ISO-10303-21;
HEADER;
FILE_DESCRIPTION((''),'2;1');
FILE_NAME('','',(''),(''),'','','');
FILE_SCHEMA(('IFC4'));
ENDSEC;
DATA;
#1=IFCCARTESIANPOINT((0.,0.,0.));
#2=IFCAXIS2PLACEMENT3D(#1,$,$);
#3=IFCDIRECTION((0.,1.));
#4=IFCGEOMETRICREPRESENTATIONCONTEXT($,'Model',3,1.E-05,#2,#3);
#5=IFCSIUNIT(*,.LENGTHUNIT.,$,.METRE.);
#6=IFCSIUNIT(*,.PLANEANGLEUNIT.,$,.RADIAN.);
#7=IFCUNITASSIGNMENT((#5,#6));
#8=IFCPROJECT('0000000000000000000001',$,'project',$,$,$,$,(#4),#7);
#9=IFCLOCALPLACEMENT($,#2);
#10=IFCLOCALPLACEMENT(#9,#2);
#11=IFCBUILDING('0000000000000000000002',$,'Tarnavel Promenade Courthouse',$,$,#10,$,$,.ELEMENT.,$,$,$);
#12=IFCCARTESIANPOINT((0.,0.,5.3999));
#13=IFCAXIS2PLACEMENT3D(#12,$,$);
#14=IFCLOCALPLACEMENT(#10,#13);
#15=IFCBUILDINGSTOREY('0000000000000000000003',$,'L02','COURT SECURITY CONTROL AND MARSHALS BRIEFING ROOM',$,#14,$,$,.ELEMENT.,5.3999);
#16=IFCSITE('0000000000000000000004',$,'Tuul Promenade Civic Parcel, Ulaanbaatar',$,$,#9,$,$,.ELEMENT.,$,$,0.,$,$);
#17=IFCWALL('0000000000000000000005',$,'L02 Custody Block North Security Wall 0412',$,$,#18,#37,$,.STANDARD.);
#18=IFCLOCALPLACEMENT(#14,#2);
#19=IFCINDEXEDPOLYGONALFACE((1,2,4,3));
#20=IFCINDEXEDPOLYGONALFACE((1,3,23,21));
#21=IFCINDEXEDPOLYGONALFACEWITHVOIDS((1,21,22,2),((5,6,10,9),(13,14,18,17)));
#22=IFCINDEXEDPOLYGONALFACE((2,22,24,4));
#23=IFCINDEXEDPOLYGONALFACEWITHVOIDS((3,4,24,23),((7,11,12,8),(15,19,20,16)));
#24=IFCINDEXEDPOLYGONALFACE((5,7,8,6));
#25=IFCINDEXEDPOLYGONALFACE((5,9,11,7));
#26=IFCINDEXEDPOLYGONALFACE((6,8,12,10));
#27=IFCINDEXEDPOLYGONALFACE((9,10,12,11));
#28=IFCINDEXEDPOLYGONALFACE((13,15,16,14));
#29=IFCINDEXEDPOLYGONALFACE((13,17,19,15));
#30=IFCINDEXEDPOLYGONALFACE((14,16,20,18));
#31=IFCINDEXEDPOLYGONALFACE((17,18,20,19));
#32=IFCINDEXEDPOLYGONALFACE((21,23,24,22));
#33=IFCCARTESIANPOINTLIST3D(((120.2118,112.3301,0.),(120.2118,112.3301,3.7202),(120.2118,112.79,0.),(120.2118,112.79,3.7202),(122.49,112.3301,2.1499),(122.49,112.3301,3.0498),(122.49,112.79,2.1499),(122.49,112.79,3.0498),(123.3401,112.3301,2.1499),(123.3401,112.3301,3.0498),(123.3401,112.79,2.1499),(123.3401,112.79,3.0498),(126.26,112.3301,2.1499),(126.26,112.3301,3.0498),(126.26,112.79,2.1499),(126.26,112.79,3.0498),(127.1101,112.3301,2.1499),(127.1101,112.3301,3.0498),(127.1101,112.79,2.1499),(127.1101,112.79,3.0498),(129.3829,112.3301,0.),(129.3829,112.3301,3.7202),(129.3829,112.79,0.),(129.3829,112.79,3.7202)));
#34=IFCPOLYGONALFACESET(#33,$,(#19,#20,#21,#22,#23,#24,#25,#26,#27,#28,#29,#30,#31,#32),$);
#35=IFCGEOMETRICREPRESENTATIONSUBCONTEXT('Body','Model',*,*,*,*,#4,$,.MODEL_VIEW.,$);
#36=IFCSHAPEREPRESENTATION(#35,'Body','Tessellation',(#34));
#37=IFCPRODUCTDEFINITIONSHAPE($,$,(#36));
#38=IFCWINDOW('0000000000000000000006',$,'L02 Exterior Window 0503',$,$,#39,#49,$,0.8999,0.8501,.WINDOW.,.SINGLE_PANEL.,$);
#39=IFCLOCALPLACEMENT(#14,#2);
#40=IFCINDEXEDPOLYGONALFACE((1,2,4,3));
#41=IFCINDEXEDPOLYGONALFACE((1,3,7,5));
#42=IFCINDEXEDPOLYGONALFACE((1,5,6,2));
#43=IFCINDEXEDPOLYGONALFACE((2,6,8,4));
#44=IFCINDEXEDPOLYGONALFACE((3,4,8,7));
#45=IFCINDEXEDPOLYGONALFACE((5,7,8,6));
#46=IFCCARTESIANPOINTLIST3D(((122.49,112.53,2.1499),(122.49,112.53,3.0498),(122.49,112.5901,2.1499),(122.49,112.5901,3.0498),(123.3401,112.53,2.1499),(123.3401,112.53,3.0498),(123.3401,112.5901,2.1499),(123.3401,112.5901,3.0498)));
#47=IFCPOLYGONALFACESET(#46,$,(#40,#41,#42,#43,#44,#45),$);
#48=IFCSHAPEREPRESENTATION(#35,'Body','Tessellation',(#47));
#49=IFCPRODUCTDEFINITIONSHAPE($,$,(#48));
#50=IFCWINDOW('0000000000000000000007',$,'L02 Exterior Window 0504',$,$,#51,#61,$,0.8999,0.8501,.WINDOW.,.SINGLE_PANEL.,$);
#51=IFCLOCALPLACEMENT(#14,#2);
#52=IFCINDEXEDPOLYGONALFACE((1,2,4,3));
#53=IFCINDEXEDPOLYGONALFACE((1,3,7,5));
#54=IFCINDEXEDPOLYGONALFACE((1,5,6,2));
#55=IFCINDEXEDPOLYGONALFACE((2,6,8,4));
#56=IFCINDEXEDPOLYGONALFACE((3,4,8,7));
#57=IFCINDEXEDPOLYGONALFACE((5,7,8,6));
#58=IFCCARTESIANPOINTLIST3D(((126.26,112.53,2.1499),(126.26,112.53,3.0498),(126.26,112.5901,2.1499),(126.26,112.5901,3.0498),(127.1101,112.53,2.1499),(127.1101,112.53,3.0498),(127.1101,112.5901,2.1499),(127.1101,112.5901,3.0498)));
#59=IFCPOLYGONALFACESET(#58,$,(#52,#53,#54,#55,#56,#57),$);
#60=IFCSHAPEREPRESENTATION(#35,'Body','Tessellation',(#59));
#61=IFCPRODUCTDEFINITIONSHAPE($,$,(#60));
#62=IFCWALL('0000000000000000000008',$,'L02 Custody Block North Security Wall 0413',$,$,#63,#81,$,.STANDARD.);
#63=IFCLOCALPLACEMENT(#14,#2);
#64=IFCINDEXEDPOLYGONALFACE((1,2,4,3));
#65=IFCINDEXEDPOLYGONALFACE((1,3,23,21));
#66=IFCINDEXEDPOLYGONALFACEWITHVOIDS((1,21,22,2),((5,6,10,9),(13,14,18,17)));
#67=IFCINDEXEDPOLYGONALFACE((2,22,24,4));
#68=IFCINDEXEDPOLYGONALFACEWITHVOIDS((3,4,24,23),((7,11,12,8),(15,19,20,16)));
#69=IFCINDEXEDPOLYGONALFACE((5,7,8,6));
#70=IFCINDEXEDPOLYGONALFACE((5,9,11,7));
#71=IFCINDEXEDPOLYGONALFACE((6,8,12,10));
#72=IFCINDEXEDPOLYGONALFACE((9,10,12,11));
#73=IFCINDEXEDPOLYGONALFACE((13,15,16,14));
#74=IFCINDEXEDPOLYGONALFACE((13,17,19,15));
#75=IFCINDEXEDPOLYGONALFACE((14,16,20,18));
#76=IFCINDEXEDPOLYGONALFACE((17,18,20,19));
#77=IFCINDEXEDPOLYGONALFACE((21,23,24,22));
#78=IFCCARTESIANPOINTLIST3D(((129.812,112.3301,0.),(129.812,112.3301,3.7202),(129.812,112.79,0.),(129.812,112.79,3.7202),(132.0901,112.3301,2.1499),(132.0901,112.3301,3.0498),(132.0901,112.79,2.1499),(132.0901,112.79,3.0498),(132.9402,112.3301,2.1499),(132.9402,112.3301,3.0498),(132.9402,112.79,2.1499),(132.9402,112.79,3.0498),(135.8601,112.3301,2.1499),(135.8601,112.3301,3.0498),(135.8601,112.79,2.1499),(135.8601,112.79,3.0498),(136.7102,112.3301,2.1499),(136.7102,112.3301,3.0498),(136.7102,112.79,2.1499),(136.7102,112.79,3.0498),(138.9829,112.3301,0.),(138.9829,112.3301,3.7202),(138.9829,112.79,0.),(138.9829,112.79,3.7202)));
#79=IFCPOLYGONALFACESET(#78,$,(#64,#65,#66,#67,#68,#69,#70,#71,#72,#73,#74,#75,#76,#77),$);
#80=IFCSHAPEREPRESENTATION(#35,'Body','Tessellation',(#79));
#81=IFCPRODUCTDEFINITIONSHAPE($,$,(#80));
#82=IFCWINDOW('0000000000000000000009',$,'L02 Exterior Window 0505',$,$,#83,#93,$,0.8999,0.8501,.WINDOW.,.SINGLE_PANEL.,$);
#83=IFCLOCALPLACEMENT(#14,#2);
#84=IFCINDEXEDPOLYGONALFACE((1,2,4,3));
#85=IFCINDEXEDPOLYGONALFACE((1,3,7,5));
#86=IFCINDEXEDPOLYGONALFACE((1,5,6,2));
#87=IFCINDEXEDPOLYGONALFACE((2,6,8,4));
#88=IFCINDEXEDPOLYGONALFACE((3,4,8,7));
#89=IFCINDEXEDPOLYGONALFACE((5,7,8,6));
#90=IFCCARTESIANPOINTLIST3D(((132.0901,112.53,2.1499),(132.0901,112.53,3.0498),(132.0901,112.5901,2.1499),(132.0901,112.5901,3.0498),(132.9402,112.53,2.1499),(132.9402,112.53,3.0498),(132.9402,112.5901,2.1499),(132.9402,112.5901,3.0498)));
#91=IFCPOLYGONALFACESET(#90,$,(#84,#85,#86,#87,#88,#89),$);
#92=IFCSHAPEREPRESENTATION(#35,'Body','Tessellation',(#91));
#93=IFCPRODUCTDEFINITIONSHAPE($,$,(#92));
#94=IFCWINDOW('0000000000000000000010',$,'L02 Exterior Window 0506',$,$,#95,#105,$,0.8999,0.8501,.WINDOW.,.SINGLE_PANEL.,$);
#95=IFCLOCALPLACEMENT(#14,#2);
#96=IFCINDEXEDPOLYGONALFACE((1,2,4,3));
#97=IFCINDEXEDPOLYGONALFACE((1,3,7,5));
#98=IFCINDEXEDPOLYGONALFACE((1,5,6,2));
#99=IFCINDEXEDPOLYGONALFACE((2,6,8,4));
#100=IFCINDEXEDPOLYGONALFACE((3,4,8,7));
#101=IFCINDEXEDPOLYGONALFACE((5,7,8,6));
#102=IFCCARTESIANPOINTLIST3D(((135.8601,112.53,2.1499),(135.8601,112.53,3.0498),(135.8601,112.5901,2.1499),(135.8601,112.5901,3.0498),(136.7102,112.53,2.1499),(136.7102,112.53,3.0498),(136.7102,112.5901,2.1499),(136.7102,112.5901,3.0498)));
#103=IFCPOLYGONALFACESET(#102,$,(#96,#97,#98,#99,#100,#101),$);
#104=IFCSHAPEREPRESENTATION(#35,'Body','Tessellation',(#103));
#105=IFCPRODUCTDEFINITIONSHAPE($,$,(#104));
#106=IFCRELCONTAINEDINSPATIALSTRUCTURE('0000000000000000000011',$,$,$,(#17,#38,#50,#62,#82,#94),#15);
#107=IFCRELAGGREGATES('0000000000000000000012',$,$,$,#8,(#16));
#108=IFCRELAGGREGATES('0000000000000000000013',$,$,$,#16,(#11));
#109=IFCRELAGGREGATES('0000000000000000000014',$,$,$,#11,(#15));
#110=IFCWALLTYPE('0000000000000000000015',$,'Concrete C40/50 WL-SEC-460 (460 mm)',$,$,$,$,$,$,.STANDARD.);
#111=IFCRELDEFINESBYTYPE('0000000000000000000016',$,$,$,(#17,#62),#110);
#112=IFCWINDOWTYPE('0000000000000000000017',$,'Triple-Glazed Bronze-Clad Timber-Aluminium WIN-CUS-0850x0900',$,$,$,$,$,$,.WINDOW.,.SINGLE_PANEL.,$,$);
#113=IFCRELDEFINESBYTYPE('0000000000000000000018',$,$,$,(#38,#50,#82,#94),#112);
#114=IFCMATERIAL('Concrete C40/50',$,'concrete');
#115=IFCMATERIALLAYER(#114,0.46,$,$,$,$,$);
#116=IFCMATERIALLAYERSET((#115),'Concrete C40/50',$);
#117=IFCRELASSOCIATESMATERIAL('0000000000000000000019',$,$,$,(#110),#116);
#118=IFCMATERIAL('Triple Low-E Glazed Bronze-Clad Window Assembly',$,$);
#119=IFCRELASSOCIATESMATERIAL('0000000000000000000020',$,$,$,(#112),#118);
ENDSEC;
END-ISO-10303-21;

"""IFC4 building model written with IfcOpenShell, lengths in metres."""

from ifc_helpers import new_model, si_unit, direction, frame, frame_2d, origin, place, context, subcontext, project, spatial, rectangle, extrude, material, layer, layer_set, type_object, element, fill, save


model = new_model("IFC4")

# Units and contexts
model_context = context("Model", 3, precision=1e-05, world=origin(), true_north=direction((0.0, 1.0)))
body_context = subcontext(model_context, "Body", "Model", "MODEL_VIEW")
ifc_project = project(units=[si_unit("LENGTHUNIT", "METRE"), si_unit("PLANEANGLEUNIT", "RADIAN")], contexts=[model_context])

# Site, building, storey
site_placement = place(None, origin())
site = spatial("IfcSite", under=ifc_project, at=site_placement, Name="Tuul Promenade Civic Parcel, Ulaanbaatar", CompositionType="ELEMENT", RefElevation=0.0)
building_placement = place(site_placement, origin())
building = spatial("IfcBuilding", under=site, at=building_placement, Name="Tarnavel Promenade Courthouse", CompositionType="ELEMENT")
storey_placement = place(building_placement, frame((0.0, 0.0, 5.3999)))
storey = spatial("IfcBuildingStorey", under=building, at=storey_placement, Name="L02", Description="COURT SECURITY CONTROL AND MARSHALS BRIEFING ROOM", CompositionType="ELEMENT", Elevation=5.3999)

# Shared definitions
ifc_material_1 = material(Name="Concrete C40/50", Category="concrete")

# Walls, openings, windows
ifc_layer = layer(ifc_material_1, 0.46)
ifc_layer_set = layer_set([ifc_layer], Name="Concrete C40/50")
wall_type = type_object("IfcWallType", Name="Concrete C40/50 WL-SEC-460 (460 mm)", PredefinedType="STANDARD", material=ifc_layer_set)
wall_1_placement = place(storey_placement, frame((120.2119, 112.5601, 0.0), z_axis=(0.0, 0.0, 1.0), x_axis=(1.0, 0.0, 0.0)))
wall_1 = element("IfcWall", 1, at=wall_1_placement, inside=storey, type_object=wall_type, Name="L02 Custody Block North Security Wall 0412", PredefinedType="STANDARD", context=body_context, shape_type="SweptSolid", body=[
    extrude(rectangle(XDim=9.1711, YDim=0.46, at=frame_2d((4.5854, 0.0))), origin(), (0.0, 0.0, 1.0), 3.7202),
])
opening_1_placement = place(wall_1_placement, frame((2.2781, 0.0, 2.1499)))
opening_1 = element("IfcOpeningElement", 2, at=opening_1_placement, cuts=wall_1, PredefinedType="OPENING", context=body_context, shape_type="SweptSolid", body=[
    extrude(rectangle(XDim=0.8501, YDim=0.8999, at=frame_2d((0.425, 0.45))), frame((0.0, 0.24, 0.0), z_axis=(0.0, -1.0, 0.0), x_axis=(1.0, 0.0, 0.0)), (0.0, 0.0, 1.0), 0.48),
])
opening_2_placement = place(wall_1_placement, frame((6.0481, 0.0, 2.1499)))
opening_2 = element("IfcOpeningElement", 3, at=opening_2_placement, cuts=wall_1, PredefinedType="OPENING", context=body_context, shape_type="SweptSolid", body=[
    extrude(rectangle(XDim=0.8501, YDim=0.8999, at=frame_2d((0.425, 0.45))), frame((0.0, 0.24, 0.0), z_axis=(0.0, -1.0, 0.0), x_axis=(1.0, 0.0, 0.0)), (0.0, 0.0, 1.0), 0.48),
])
ifc_material_2 = material(Name="Triple Low-E Glazed Bronze-Clad Window Assembly")
window_type = type_object("IfcWindowType", Name="Triple-Glazed Bronze-Clad Timber-Aluminium WIN-CUS-0850x0900", PartitioningType="SINGLE_PANEL", PredefinedType="WINDOW", material=ifc_material_2)
window_1_placement = place(opening_1_placement, origin())
window_1 = element("IfcWindow", 4, at=window_1_placement, inside=storey, type_object=window_type, Name="L02 Exterior Window 0503", OverallHeight=0.8999, OverallWidth=0.8501, PartitioningType="SINGLE_PANEL", PredefinedType="WINDOW", context=body_context, shape_type="SweptSolid", body=[
    extrude(rectangle(XDim=0.8501, YDim=0.8999, at=frame_2d((0.425, 0.45))), frame((0.0, 0.03, 0.0), z_axis=(0.0, -1.0, 0.0), x_axis=(1.0, 0.0, 0.0)), (0.0, 0.0, 1.0), 0.0601),
])
fill(opening_1, window_1)
window_2_placement = place(opening_2_placement, origin())
window_2 = element("IfcWindow", 5, at=window_2_placement, inside=storey, type_object=window_type, Name="L02 Exterior Window 0504", OverallHeight=0.8999, OverallWidth=0.8501, PartitioningType="SINGLE_PANEL", PredefinedType="WINDOW", context=body_context, shape_type="SweptSolid", body=[
    extrude(rectangle(XDim=0.8501, YDim=0.8999, at=frame_2d((0.425, 0.45))), frame((0.0, 0.03, 0.0), z_axis=(0.0, -1.0, 0.0), x_axis=(1.0, 0.0, 0.0)), (0.0, 0.0, 1.0), 0.0601),
])
fill(opening_2, window_2)
wall_2_placement = place(storey_placement, frame((129.812, 112.5601, 0.0), z_axis=(0.0, 0.0, 1.0), x_axis=(1.0, 0.0, 0.0)))
wall_2 = element("IfcWall", 6, at=wall_2_placement, inside=storey, type_object=wall_type, Name="L02 Custody Block North Security Wall 0413", PredefinedType="STANDARD", context=body_context, shape_type="SweptSolid", body=[
    extrude(rectangle(XDim=9.1709, YDim=0.46, at=frame_2d((4.5854, 0.0))), origin(), (0.0, 0.0, 1.0), 3.7202),
])
opening_3_placement = place(wall_2_placement, frame((2.2781, 0.0, 2.1499)))
opening_3 = element("IfcOpeningElement", 7, at=opening_3_placement, cuts=wall_2, PredefinedType="OPENING", context=body_context, shape_type="SweptSolid", body=[
    extrude(rectangle(XDim=0.8501, YDim=0.8999, at=frame_2d((0.425, 0.45))), frame((0.0, 0.24, 0.0), z_axis=(0.0, -1.0, 0.0), x_axis=(1.0, 0.0, 0.0)), (0.0, 0.0, 1.0), 0.48),
])
opening_4_placement = place(wall_2_placement, frame((6.0481, 0.0, 2.1499)))
opening_4 = element("IfcOpeningElement", 8, at=opening_4_placement, cuts=wall_2, PredefinedType="OPENING", context=body_context, shape_type="SweptSolid", body=[
    extrude(rectangle(XDim=0.8501, YDim=0.8999, at=frame_2d((0.425, 0.45))), frame((0.0, 0.24, 0.0), z_axis=(0.0, -1.0, 0.0), x_axis=(1.0, 0.0, 0.0)), (0.0, 0.0, 1.0), 0.48),
])
window_3_placement = place(opening_3_placement, origin())
window_3 = element("IfcWindow", 9, at=window_3_placement, inside=storey, type_object=window_type, Name="L02 Exterior Window 0505", OverallHeight=0.8999, OverallWidth=0.8501, PartitioningType="SINGLE_PANEL", PredefinedType="WINDOW", context=body_context, shape_type="SweptSolid", body=[
    extrude(rectangle(XDim=0.8501, YDim=0.8999, at=frame_2d((0.425, 0.45))), frame((0.0, 0.03, 0.0), z_axis=(0.0, -1.0, 0.0), x_axis=(1.0, 0.0, 0.0)), (0.0, 0.0, 1.0), 0.0601),
])
fill(opening_3, window_3)
window_4_placement = place(opening_4_placement, origin())
window_4 = element("IfcWindow", 10, at=window_4_placement, inside=storey, type_object=window_type, Name="L02 Exterior Window 0506", OverallHeight=0.8999, OverallWidth=0.8501, PartitioningType="SINGLE_PANEL", PredefinedType="WINDOW", context=body_context, shape_type="SweptSolid", body=[
    extrude(rectangle(XDim=0.8501, YDim=0.8999, at=frame_2d((0.425, 0.45))), frame((0.0, 0.03, 0.0), z_axis=(0.0, -1.0, 0.0), x_axis=(1.0, 0.0, 0.0)), (0.0, 0.0, 1.0), 0.0601),
])
fill(opening_4, window_4)

save(model, "model.ifc")
